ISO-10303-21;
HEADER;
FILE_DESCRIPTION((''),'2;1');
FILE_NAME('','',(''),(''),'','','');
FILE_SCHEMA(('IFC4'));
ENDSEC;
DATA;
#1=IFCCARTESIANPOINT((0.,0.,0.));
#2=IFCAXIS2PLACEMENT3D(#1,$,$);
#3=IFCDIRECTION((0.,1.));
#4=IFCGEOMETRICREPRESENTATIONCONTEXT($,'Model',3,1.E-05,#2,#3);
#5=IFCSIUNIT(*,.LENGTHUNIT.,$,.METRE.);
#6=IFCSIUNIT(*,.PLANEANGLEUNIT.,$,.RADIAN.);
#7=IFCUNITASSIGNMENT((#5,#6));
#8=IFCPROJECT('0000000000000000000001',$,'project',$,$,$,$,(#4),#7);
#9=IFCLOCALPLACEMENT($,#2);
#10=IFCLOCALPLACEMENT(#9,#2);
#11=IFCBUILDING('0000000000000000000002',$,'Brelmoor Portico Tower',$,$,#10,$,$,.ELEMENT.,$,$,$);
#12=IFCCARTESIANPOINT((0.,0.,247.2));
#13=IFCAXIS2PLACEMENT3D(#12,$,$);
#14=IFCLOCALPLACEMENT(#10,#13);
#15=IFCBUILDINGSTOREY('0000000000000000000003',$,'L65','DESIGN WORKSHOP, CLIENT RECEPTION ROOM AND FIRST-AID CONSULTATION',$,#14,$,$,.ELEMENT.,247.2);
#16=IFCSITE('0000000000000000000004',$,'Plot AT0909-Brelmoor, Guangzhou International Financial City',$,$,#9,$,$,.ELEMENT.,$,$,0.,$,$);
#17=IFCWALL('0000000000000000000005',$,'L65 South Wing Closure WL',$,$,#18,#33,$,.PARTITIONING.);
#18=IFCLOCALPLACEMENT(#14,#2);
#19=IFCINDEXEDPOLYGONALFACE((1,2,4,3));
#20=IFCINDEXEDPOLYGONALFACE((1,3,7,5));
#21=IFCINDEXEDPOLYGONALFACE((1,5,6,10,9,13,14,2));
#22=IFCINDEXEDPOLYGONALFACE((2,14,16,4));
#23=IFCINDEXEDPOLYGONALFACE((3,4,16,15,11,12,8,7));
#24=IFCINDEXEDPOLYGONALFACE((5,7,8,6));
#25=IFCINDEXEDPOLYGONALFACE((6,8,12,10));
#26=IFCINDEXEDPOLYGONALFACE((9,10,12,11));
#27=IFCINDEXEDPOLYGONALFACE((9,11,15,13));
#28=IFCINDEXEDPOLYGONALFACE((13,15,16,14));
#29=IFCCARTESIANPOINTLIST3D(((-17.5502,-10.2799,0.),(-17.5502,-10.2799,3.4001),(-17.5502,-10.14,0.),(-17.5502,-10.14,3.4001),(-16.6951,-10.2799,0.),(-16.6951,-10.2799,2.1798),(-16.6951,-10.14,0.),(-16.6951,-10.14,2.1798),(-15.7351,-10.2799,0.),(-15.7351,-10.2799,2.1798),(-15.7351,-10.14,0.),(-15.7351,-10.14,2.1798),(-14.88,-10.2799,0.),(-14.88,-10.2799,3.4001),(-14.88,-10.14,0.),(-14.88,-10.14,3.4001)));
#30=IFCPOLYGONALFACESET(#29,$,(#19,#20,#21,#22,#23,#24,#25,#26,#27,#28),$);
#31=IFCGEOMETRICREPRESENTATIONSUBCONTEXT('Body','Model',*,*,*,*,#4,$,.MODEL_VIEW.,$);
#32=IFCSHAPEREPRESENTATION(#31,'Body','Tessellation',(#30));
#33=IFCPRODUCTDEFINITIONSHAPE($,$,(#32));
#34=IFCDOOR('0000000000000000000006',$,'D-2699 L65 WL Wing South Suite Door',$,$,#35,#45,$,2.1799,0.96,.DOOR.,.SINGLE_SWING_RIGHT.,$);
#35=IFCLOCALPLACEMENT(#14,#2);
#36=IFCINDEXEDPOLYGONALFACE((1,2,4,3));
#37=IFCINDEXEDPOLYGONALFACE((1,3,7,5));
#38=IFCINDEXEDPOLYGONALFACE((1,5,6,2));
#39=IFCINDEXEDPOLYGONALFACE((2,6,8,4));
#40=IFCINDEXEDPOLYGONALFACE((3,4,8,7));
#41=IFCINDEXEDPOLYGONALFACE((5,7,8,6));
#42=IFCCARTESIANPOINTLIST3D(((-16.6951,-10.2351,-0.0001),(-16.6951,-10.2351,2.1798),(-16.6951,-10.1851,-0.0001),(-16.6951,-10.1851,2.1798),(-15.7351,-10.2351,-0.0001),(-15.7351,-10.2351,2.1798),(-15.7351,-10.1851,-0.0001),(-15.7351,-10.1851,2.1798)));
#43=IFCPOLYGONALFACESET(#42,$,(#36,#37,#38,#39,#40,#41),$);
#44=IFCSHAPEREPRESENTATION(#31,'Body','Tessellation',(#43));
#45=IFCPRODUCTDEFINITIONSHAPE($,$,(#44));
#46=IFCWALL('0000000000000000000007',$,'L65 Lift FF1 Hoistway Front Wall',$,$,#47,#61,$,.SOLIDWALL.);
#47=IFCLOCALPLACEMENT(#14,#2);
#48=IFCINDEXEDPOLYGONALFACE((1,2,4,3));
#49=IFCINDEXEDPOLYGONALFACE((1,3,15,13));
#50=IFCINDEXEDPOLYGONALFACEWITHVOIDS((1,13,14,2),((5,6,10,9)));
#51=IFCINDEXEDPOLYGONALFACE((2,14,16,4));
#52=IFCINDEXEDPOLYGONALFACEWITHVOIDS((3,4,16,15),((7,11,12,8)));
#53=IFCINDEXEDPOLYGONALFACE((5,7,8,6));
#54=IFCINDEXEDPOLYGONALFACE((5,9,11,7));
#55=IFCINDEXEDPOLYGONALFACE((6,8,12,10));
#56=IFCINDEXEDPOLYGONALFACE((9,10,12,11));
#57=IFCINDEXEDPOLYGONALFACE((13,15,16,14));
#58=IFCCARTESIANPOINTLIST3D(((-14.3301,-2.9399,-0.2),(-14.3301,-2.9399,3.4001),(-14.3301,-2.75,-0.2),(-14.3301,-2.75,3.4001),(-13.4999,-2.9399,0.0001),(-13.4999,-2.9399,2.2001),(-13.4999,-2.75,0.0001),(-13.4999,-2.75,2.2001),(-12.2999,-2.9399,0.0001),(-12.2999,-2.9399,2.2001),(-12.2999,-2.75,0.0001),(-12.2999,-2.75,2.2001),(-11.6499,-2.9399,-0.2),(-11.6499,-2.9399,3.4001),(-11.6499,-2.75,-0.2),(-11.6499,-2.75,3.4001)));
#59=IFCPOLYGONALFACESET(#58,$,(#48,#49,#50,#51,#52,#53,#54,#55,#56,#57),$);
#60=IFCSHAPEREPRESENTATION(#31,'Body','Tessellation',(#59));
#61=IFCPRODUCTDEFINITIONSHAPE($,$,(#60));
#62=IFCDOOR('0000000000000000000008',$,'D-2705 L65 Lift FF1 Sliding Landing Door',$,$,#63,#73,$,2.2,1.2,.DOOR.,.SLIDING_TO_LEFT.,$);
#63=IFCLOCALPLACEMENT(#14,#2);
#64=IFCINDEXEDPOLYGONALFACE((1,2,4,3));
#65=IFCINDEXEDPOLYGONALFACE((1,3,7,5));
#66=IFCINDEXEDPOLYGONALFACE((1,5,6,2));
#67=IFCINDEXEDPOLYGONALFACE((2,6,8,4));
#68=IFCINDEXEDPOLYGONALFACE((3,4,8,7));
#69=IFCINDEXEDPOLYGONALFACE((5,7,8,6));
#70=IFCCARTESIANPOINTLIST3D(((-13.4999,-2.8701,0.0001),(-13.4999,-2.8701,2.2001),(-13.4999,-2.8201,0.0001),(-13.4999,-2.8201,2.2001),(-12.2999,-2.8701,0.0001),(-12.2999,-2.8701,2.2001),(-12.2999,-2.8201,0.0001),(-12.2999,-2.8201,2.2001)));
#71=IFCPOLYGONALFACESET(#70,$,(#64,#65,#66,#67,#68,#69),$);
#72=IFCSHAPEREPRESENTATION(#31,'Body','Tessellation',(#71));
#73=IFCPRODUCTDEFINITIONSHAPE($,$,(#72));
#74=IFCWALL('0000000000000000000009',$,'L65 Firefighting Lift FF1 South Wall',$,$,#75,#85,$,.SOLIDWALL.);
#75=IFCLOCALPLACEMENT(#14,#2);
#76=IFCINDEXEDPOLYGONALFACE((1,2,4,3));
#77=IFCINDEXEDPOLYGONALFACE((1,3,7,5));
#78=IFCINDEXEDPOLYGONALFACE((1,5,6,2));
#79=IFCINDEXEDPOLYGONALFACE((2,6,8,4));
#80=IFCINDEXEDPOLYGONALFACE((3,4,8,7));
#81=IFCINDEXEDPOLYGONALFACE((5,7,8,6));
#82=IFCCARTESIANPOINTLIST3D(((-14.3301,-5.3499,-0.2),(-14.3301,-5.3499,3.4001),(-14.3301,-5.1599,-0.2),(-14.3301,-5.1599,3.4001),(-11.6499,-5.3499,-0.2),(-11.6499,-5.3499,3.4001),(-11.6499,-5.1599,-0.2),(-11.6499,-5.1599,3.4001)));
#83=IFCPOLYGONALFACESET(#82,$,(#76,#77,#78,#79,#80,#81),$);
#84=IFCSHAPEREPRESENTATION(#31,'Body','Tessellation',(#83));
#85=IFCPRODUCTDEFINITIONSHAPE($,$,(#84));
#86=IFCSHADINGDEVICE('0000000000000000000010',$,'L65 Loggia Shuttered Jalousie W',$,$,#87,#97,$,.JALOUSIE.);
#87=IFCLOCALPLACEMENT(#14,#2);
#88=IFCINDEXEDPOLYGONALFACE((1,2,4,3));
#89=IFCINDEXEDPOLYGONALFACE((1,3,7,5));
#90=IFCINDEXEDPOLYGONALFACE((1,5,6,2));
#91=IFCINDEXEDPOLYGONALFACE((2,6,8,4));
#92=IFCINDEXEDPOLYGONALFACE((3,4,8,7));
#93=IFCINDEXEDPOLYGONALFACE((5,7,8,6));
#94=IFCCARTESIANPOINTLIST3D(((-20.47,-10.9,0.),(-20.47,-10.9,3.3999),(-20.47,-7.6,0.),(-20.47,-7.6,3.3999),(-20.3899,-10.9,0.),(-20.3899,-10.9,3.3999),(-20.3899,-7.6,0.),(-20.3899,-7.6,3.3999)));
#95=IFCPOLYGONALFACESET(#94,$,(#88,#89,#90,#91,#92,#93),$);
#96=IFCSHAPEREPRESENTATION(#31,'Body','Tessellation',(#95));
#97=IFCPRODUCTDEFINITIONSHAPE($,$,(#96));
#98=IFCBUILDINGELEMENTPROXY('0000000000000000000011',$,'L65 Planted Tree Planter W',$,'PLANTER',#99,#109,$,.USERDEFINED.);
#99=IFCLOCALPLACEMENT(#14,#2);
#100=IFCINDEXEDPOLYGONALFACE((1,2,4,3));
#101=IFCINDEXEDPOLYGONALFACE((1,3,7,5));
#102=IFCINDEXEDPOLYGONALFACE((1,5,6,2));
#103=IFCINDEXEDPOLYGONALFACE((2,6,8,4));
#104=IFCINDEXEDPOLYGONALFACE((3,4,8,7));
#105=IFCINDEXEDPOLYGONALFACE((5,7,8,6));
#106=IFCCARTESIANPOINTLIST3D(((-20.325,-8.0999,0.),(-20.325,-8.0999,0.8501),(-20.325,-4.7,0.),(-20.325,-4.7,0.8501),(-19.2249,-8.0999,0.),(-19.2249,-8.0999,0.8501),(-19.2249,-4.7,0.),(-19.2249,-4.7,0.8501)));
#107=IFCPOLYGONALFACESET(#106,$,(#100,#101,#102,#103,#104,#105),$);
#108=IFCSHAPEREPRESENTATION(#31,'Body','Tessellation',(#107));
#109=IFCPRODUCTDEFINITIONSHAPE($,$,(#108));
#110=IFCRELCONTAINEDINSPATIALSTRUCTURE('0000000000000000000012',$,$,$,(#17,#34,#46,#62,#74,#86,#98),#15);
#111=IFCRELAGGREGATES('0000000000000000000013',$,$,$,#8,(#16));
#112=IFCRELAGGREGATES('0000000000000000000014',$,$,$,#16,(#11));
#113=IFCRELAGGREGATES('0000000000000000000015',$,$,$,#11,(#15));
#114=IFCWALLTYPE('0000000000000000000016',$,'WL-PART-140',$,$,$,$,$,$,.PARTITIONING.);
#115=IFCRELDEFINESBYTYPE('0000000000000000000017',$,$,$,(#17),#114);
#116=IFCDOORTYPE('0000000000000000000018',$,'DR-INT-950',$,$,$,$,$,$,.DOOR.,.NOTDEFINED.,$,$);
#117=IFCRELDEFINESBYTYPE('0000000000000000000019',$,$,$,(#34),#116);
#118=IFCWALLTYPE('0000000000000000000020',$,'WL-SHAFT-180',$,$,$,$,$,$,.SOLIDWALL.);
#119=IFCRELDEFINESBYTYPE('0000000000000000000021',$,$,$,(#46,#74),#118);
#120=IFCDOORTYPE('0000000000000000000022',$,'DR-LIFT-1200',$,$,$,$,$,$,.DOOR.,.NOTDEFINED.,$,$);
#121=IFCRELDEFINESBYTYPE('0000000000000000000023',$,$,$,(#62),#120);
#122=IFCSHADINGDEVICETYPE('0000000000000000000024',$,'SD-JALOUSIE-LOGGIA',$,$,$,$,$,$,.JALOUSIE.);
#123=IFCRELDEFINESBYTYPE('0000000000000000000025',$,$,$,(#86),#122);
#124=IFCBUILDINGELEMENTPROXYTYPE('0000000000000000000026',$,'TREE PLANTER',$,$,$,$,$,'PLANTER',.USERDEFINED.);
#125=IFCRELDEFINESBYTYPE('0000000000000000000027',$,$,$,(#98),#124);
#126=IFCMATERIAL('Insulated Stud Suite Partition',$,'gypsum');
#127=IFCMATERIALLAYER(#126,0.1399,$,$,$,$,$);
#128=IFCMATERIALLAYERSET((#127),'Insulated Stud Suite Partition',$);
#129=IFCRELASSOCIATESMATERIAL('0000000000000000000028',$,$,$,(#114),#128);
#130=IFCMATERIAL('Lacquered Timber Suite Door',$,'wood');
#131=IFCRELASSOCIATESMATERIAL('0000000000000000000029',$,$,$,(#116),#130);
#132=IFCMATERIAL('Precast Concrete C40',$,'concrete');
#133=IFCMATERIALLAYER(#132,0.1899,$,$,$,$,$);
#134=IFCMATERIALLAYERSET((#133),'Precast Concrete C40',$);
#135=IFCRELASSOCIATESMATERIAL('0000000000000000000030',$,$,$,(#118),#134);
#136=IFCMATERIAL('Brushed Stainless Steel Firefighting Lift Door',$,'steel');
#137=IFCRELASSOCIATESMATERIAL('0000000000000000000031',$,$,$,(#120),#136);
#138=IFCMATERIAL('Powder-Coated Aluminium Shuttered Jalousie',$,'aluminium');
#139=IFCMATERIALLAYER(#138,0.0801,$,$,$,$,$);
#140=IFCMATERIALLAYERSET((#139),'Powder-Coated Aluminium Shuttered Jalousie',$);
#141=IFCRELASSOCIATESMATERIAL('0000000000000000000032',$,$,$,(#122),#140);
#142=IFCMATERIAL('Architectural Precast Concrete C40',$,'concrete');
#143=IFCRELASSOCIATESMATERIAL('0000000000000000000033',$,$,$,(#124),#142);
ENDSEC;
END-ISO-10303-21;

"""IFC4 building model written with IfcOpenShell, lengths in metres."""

from ifc_helpers import new_model, si_unit, direction, frame, frame_2d, origin, origin_2d, place, context, subcontext, project, spatial, rectangle, extrude, material, layer, layer_set, type_object, element, fill, save


model = new_model("IFC4")

# Units and contexts
model_context = context("Model", 3, precision=1e-05, world=origin(), true_north=direction((0.0, 1.0)))
body_context = subcontext(model_context, "Body", "Model", "MODEL_VIEW")
ifc_project = project(units=[si_unit("LENGTHUNIT", "METRE"), si_unit("PLANEANGLEUNIT", "RADIAN")], contexts=[model_context])

# Site, building, storey
site_placement = place(None, origin())
site = spatial("IfcSite", under=ifc_project, at=site_placement, Name="Plot AT0909-Brelmoor, Guangzhou International Financial City", CompositionType="ELEMENT", RefElevation=0.0)
building_placement = place(site_placement, origin())
building = spatial("IfcBuilding", under=site, at=building_placement, Name="Brelmoor Portico Tower", CompositionType="ELEMENT")
storey_placement = place(building_placement, frame((0.0, 0.0, 247.2)))
storey = spatial("IfcBuildingStorey", under=building, at=storey_placement, Name="L65", Description="DESIGN WORKSHOP, CLIENT RECEPTION ROOM AND FIRST-AID CONSULTATION", CompositionType="ELEMENT", Elevation=247.2)

# Walls, openings, doors
ifc_material_1 = material(Name="Insulated Stud Suite Partition", Category="gypsum")
ifc_layer_1 = layer(ifc_material_1, 0.1399)
ifc_layer_set_1 = layer_set([ifc_layer_1], Name="Insulated Stud Suite Partition")
wall_type_1 = type_object("IfcWallType", Name="WL-PART-140", PredefinedType="PARTITIONING", material=ifc_layer_set_1)
wall_1_placement = place(storey_placement, frame((-17.55, -10.21, 0.0), z_axis=(0.0, 0.0, 1.0), x_axis=(1.0, 0.0, 0.0)))
wall_1 = element("IfcWall", 1, at=wall_1_placement, inside=storey, type_object=wall_type_1, Name="L65 South Wing Closure WL", PredefinedType="PARTITIONING", context=body_context, shape_type="SweptSolid", body=[
    extrude(rectangle(XDim=2.6702, YDim=0.1399, at=frame_2d((1.335, 0.0))), origin(), (0.0, 0.0, 1.0), 3.4001),
])
opening_1_placement = place(wall_1_placement, frame((0.855, 0.0, 0.0)))
opening_1 = element("IfcOpeningElement", 2, at=opening_1_placement, cuts=wall_1, PredefinedType="OPENING", context=body_context, shape_type="SweptSolid", body=[
    extrude(rectangle(XDim=0.96, YDim=2.1799, at=frame_2d((0.48, 1.0898))), frame((0.0, 0.0798, 0.0), z_axis=(0.0, -1.0, 0.0), x_axis=(1.0, 0.0, 0.0)), (0.0, 0.0, 1.0), 0.1599),
])
ifc_material_2 = material(Name="Lacquered Timber Suite Door", Category="wood")
door_type_1 = type_object("IfcDoorType", Name="DR-INT-950", OperationType="NOTDEFINED", PredefinedType="DOOR", material=ifc_material_2)
door_1_placement = place(opening_1_placement, origin())
door_1 = element("IfcDoor", 3, at=door_1_placement, inside=storey, type_object=door_type_1, Name="D-2699 L65 WL Wing South Suite Door", OperationType="SINGLE_SWING_RIGHT", OverallHeight=2.1799, OverallWidth=0.96, PredefinedType="DOOR", context=body_context, shape_type="SweptSolid", body=[
    extrude(rectangle(XDim=0.96, YDim=2.1799, at=frame_2d((0.48, 1.0898))), frame((0.0, 0.0249, 0.0), z_axis=(0.0, -1.0, 0.0), x_axis=(1.0, 0.0, 0.0)), (0.0, 0.0, 1.0), 0.05),
])
fill(opening_1, door_1)
ifc_material_3 = material(Name="Precast Concrete C40", Category="concrete")
ifc_layer_2 = layer(ifc_material_3, 0.1899)
ifc_layer_set_2 = layer_set([ifc_layer_2], Name="Precast Concrete C40")
wall_type_2 = type_object("IfcWallType", Name="WL-SHAFT-180", PredefinedType="SOLIDWALL", material=ifc_layer_set_2)
wall_2_placement = place(storey_placement, frame((-14.3301, -2.845, -0.2), z_axis=(0.0, 0.0, 1.0), x_axis=(1.0, 0.0, 0.0)))
wall_2 = element("IfcWall", 4, at=wall_2_placement, inside=storey, type_object=wall_type_2, Name="L65 Lift FF1 Hoistway Front Wall", PredefinedType="SOLIDWALL", context=body_context, shape_type="SweptSolid", body=[
    extrude(rectangle(XDim=2.6802, YDim=0.1899, at=frame_2d((1.3401, 0.0))), origin(), (0.0, 0.0, 1.0), 3.6001),
])
opening_2_placement = place(wall_2_placement, frame((0.8301, 0.0, 0.2)))
opening_2 = element("IfcOpeningElement", 5, at=opening_2_placement, cuts=wall_2, PredefinedType="OPENING", context=body_context, shape_type="SweptSolid", body=[
    extrude(rectangle(XDim=1.2, YDim=2.2, at=frame_2d((0.6001, 1.1001))), frame((0.0, 0.105, 0.0), z_axis=(0.0, -1.0, 0.0), x_axis=(1.0, 0.0, 0.0)), (0.0, 0.0, 1.0), 0.21),
])
ifc_material_4 = material(Name="Brushed Stainless Steel Firefighting Lift Door", Category="steel")
door_type_2 = type_object("IfcDoorType", Name="DR-LIFT-1200", OperationType="NOTDEFINED", PredefinedType="DOOR", material=ifc_material_4)
door_2_placement = place(opening_2_placement, origin())
door_2 = element("IfcDoor", 6, at=door_2_placement, inside=storey, type_object=door_type_2, Name="D-2705 L65 Lift FF1 Sliding Landing Door", OperationType="SLIDING_TO_LEFT", OverallHeight=2.2, OverallWidth=1.2, PredefinedType="DOOR", context=body_context, shape_type="SweptSolid", body=[
    extrude(rectangle(XDim=1.2, YDim=2.2, at=frame_2d((0.6001, 1.1001))), frame((0.0, 0.0249, 0.0), z_axis=(0.0, -1.0, 0.0), x_axis=(1.0, 0.0, 0.0)), (0.0, 0.0, 1.0), 0.05),
])
fill(opening_2, door_2)

# Wall
wall_3_placement = place(storey_placement, frame((-14.3301, -5.2549, -0.2), z_axis=(0.0, 0.0, 1.0), x_axis=(1.0, 0.0, 0.0)))
element("IfcWall", 7, at=wall_3_placement, inside=storey, type_object=wall_type_2, Name="L65 Firefighting Lift FF1 South Wall", PredefinedType="SOLIDWALL", context=body_context, shape_type="SweptSolid", body=[
    extrude(rectangle(XDim=2.6802, YDim=0.1899, at=frame_2d((1.3401, 0.0))), origin(), (0.0, 0.0, 1.0), 3.6001),
])

# Shading device
ifc_material_5 = material(Name="Powder-Coated Aluminium Shuttered Jalousie", Category="aluminium")
ifc_layer_3 = layer(ifc_material_5, 0.0801)
ifc_layer_set_3 = layer_set([ifc_layer_3], Name="Powder-Coated Aluminium Shuttered Jalousie")
shading_device_type = type_object("IfcShadingDeviceType", Name="SD-JALOUSIE-LOGGIA", PredefinedType="JALOUSIE", material=ifc_layer_set_3)
shading_device_placement = place(storey_placement, frame((-20.4299, -9.25, 0.0), z_axis=(0.0, 0.0, 1.0), x_axis=(0.0, 1.0, 0.0)))
element("IfcShadingDevice", 8, at=shading_device_placement, inside=storey, type_object=shading_device_type, Name="L65 Loggia Shuttered Jalousie W", PredefinedType="JALOUSIE", context=body_context, shape_type="SweptSolid", body=[
    extrude(rectangle(XDim=3.3, YDim=0.0801, at=origin_2d()), origin(), (0.0, 0.0, 1.0), 3.3999),
])

# Building element proxy
ifc_material_6 = material(Name="Architectural Precast Concrete C40", Category="concrete")
building_element_proxy_type = type_object("IfcBuildingElementProxyType", Name="TREE PLANTER", ElementType="PLANTER", PredefinedType="USERDEFINED", material=ifc_material_6)
proxy_placement = place(storey_placement, frame((-19.7749, -6.3999, 0.0), z_axis=(0.0, 0.0, 1.0), x_axis=(0.0, 1.0, 0.0)))
element("IfcBuildingElementProxy", 9, at=proxy_placement, inside=storey, type_object=building_element_proxy_type, Name="L65 Planted Tree Planter W", ObjectType="PLANTER", PredefinedType="USERDEFINED", context=body_context, shape_type="SweptSolid", body=[
    extrude(rectangle(XDim=3.3999, YDim=1.1001, at=origin_2d()), origin(), (0.0, 0.0, 1.0), 0.8501),
])

save(model, "model.ifc")
